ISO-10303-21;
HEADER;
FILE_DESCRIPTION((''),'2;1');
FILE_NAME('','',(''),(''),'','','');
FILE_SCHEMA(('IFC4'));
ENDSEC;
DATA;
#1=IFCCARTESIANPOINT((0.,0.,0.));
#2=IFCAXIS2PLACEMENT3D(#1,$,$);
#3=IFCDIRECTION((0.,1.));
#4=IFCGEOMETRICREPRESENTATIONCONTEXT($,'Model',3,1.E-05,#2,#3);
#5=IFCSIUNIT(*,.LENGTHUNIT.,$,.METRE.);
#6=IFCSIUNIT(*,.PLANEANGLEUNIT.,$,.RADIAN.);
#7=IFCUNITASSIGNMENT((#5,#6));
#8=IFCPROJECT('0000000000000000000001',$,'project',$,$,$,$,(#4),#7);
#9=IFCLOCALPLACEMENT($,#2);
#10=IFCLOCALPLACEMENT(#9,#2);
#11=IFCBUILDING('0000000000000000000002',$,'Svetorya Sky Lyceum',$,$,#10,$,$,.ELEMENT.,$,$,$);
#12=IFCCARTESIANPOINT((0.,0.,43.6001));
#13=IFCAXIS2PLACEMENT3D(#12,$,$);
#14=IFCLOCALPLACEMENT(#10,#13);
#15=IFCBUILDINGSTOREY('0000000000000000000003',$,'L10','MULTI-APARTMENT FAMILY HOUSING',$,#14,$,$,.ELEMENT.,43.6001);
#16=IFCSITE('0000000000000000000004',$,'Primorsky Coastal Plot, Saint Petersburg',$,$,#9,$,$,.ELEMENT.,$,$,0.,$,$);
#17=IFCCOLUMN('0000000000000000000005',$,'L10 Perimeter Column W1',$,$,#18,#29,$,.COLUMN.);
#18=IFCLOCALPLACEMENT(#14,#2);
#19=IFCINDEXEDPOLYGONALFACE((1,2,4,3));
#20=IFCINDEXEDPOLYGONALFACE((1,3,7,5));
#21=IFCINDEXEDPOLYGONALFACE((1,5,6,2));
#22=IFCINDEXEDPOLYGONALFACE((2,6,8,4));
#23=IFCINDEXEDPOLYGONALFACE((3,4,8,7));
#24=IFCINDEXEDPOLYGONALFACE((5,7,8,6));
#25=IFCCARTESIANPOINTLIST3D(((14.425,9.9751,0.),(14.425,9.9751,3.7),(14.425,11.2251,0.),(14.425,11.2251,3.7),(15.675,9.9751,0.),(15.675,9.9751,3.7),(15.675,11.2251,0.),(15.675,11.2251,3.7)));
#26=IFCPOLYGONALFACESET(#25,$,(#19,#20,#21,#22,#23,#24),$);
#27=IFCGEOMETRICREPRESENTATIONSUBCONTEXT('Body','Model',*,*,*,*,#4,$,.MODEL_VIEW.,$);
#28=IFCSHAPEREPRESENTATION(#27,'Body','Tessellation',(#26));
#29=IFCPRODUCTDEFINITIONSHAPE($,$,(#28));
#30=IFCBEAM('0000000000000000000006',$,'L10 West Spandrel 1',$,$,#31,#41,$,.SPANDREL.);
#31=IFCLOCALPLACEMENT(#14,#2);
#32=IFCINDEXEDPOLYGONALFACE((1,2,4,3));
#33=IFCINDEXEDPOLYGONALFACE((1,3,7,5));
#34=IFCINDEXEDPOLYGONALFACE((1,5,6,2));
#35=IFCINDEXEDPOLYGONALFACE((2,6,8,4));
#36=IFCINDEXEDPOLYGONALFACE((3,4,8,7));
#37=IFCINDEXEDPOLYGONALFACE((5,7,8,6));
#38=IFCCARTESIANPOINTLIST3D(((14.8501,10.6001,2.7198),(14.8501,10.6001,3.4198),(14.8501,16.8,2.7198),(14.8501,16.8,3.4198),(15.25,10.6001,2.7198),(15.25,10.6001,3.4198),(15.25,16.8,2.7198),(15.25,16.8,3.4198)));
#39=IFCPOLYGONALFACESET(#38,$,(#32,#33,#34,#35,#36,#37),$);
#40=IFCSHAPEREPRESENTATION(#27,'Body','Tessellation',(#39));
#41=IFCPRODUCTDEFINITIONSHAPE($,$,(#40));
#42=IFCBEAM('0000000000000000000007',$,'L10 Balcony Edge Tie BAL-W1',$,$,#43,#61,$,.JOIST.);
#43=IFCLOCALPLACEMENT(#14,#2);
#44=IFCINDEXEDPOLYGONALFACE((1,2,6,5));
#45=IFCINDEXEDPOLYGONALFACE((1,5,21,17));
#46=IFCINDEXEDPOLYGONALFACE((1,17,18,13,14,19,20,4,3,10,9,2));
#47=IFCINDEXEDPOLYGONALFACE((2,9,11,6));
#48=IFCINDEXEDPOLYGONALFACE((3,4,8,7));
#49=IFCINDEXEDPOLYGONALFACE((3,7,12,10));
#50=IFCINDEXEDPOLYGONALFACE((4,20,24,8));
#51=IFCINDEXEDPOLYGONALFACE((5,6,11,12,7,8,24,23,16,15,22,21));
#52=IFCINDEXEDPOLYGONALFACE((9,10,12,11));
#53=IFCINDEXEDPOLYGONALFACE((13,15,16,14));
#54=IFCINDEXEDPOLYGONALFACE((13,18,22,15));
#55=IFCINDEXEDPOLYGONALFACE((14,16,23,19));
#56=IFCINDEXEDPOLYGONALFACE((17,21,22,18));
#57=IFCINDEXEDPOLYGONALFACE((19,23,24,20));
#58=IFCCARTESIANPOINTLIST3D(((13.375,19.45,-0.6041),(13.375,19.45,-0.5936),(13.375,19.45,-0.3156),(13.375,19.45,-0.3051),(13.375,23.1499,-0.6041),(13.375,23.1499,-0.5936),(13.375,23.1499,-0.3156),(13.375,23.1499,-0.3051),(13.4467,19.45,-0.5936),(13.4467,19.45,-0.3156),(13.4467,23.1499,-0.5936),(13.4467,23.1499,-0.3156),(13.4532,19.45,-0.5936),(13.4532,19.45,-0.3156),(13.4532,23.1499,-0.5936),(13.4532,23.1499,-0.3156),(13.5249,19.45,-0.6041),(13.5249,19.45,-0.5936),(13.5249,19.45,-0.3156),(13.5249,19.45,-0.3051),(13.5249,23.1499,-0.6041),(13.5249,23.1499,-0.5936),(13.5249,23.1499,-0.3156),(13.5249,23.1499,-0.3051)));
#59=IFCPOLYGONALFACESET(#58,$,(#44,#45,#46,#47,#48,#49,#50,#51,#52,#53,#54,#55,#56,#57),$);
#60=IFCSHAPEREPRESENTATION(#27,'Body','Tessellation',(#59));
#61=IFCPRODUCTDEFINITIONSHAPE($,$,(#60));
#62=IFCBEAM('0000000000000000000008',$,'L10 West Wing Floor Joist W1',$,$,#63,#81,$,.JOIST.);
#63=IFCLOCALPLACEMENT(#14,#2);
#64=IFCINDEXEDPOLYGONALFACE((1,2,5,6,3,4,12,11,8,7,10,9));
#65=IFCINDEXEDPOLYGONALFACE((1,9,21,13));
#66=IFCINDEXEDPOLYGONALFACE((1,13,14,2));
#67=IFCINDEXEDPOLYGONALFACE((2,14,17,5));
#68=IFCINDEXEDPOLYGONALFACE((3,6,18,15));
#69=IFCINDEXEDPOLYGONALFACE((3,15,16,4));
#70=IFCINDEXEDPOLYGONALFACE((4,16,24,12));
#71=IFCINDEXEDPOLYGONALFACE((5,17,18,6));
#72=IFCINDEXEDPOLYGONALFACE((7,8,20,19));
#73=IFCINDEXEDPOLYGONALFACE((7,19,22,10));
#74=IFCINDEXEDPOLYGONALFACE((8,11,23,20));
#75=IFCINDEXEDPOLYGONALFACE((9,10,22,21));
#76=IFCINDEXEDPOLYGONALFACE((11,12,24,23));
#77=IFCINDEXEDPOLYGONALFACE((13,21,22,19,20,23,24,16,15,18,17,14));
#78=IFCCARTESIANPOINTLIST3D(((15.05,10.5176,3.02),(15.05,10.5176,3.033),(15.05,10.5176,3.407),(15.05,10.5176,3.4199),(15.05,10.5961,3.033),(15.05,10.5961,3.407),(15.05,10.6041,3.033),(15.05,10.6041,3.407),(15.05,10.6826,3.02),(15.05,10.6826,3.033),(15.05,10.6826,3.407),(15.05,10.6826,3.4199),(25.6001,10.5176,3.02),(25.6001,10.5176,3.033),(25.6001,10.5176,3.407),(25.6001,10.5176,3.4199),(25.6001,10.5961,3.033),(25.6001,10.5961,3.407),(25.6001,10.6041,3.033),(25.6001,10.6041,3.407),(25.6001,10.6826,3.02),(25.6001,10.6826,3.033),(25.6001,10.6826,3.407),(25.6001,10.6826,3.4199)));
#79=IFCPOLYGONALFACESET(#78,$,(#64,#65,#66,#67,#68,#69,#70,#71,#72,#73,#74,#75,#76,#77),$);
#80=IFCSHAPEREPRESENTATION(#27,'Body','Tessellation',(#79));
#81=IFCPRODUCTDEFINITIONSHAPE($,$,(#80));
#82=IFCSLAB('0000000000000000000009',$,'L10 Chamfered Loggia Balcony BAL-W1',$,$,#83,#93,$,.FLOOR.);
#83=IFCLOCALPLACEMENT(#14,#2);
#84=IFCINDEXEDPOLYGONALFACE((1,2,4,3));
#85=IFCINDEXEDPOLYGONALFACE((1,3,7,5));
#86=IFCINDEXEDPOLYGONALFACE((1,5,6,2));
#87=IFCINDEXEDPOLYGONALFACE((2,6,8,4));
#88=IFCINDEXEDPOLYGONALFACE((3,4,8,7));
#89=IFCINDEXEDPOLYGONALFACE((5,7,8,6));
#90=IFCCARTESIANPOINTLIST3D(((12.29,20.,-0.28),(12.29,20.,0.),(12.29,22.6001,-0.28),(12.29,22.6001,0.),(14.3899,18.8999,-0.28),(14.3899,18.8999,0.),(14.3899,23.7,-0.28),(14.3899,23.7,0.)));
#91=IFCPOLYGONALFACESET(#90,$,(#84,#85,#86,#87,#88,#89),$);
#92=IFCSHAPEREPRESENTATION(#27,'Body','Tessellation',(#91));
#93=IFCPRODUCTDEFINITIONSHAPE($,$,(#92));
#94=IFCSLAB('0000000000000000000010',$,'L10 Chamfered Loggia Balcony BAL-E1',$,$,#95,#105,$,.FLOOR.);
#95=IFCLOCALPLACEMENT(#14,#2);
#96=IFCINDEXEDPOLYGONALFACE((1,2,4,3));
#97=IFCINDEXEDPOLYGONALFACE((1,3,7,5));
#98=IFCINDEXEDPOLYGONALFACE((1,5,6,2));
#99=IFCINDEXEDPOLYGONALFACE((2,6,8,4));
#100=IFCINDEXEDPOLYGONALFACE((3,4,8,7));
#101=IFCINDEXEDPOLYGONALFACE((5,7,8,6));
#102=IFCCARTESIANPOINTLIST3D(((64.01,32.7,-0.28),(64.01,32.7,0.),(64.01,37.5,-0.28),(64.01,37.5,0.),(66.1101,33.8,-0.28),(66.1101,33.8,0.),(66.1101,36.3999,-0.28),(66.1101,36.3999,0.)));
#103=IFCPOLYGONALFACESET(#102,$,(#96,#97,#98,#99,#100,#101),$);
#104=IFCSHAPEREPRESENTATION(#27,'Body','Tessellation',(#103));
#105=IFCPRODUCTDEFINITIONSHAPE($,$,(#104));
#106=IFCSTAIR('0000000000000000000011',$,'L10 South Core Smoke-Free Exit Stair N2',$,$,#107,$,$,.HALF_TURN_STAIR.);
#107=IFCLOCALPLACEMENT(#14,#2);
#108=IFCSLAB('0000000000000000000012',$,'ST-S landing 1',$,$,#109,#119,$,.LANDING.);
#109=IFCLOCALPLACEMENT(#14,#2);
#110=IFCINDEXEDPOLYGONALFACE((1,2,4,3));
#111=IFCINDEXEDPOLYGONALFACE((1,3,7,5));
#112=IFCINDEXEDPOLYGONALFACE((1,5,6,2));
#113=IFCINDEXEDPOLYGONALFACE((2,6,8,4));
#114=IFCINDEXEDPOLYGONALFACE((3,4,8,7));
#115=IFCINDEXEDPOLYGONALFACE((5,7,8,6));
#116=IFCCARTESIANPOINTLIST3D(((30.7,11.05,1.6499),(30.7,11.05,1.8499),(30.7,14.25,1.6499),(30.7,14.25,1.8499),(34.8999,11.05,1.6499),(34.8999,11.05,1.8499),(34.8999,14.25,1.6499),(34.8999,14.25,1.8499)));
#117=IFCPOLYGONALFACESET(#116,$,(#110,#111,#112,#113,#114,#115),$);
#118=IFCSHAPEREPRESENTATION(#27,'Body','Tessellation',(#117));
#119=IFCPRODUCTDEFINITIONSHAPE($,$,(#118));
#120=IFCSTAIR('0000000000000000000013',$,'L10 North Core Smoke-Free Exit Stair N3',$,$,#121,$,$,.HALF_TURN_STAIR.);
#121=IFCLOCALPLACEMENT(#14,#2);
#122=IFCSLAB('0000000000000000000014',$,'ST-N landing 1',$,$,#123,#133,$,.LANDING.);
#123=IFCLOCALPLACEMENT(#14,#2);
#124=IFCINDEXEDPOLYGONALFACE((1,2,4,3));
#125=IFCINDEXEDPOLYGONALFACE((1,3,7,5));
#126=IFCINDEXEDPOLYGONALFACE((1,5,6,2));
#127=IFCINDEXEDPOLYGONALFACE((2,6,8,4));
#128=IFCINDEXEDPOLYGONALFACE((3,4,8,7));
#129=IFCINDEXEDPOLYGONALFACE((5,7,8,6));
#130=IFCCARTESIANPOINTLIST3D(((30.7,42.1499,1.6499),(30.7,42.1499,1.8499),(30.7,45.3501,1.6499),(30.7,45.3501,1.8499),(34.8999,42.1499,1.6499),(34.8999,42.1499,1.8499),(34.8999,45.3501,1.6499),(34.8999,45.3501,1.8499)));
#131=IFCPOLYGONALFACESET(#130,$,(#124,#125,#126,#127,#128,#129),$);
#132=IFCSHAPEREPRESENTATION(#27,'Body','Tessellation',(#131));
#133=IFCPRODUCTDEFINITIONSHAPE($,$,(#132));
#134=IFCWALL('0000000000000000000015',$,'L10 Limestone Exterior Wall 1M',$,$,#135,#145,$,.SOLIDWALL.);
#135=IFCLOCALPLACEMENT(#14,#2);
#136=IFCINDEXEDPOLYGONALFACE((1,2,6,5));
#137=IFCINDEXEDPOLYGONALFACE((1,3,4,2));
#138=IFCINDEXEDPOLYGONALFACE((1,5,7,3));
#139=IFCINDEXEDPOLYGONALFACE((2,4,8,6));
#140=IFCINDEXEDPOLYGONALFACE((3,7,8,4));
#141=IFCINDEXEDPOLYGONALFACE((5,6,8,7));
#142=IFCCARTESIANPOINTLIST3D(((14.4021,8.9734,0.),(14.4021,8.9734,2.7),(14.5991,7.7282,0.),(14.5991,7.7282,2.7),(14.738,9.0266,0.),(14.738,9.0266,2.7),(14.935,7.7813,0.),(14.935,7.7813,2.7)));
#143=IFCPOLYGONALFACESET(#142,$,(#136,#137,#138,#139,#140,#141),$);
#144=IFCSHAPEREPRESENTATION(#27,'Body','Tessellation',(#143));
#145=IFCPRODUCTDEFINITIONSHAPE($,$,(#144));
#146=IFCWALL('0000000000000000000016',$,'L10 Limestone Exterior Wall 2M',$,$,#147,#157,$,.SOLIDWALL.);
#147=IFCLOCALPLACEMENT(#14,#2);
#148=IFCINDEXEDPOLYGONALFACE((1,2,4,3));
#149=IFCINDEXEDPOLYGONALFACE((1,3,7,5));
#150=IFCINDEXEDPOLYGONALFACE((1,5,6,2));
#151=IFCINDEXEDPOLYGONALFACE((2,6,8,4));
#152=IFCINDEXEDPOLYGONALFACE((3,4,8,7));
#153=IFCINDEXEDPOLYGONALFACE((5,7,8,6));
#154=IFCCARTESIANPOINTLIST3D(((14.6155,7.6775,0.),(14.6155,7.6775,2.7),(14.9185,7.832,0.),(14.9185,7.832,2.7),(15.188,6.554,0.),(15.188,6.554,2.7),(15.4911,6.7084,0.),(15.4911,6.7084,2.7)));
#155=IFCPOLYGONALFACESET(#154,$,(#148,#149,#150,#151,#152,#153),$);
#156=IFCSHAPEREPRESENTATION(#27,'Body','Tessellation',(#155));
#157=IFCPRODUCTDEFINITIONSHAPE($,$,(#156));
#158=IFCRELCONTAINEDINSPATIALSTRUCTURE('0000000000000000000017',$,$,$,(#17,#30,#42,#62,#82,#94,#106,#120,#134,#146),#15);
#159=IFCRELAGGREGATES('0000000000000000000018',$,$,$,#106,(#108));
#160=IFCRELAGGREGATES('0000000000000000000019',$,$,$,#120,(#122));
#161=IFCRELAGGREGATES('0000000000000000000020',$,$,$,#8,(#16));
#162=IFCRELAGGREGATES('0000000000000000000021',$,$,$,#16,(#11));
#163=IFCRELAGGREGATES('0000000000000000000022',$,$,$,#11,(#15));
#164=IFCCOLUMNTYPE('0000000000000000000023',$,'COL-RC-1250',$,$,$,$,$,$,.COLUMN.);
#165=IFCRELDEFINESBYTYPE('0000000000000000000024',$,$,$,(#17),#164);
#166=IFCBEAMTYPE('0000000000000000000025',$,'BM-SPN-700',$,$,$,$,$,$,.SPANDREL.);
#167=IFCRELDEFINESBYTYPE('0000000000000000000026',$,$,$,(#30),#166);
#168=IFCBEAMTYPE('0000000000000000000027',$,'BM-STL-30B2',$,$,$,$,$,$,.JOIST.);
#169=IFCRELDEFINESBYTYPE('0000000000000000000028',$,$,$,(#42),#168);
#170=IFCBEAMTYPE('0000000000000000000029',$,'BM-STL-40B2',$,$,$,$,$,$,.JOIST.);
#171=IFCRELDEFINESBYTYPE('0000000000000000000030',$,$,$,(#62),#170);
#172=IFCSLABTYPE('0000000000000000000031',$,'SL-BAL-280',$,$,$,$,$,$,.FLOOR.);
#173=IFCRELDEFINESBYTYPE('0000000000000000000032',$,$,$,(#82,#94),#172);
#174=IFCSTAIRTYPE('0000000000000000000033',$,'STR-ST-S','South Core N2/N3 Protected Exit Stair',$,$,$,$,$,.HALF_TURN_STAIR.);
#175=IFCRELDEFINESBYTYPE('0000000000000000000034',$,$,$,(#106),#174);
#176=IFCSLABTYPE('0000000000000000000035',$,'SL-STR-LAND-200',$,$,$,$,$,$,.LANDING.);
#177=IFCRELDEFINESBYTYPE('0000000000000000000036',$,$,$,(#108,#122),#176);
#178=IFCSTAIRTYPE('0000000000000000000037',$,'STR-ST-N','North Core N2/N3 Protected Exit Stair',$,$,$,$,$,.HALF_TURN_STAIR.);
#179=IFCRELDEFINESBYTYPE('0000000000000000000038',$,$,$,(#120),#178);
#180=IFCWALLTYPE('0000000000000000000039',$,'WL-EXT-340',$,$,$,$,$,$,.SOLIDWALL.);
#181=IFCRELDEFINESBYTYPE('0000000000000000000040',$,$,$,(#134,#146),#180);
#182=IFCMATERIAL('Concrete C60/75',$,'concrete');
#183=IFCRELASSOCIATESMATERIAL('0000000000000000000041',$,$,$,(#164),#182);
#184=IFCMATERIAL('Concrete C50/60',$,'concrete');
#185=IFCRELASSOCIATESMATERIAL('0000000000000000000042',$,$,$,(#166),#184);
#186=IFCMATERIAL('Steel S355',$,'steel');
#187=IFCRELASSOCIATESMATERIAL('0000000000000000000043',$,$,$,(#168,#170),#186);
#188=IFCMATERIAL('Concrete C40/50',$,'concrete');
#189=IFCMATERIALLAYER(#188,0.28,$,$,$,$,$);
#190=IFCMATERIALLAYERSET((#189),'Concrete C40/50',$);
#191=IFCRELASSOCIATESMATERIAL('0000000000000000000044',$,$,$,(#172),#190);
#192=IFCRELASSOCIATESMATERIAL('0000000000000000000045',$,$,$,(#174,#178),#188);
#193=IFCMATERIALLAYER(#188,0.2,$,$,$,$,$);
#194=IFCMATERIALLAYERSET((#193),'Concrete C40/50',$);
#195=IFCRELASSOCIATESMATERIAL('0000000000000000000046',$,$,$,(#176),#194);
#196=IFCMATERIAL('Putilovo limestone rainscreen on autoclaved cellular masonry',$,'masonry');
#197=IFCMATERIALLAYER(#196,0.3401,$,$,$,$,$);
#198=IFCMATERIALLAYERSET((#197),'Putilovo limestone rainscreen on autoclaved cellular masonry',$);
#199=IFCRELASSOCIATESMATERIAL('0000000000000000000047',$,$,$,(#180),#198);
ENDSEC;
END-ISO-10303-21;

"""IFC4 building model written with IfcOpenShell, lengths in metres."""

from ifc_helpers import new_model, si_unit, direction, frame, frame_2d, origin, origin_2d, place, context, subcontext, project, spatial, polyline, rectangle, i_section, outline, extrude, material, layer, layer_set, material_profile, profile_set, type_object, element, aggregate, save


model = new_model("IFC4")

# Units and contexts
model_context = context("Model", 3, precision=1e-05, world=origin(), true_north=direction((0.0, 1.0)))
body_context = subcontext(model_context, "Body", "Model", "MODEL_VIEW")
ifc_project = project(units=[si_unit("LENGTHUNIT", "METRE"), si_unit("PLANEANGLEUNIT", "RADIAN")], contexts=[model_context])

# Site, building, storey
site_placement = place(None, origin())
site = spatial("IfcSite", under=ifc_project, at=site_placement, Name="Primorsky Coastal Plot, Saint Petersburg", CompositionType="ELEMENT", RefElevation=0.0)
building_placement = place(site_placement, origin())
building = spatial("IfcBuilding", under=site, at=building_placement, Name="Svetorya Sky Lyceum", CompositionType="ELEMENT")
storey_placement = place(building_placement, frame((0.0, 0.0, 43.6001)))
storey = spatial("IfcBuildingStorey", under=building, at=storey_placement, Name="L10", Description="MULTI-APARTMENT FAMILY HOUSING", CompositionType="ELEMENT", Elevation=43.6001)

# Column
ifc_material_1 = material(Name="Concrete C60/75", Category="concrete")
ifc_material_profile_1 = material_profile(ifc_material_1, rectangle(XDim=1.25, YDim=1.25, at=origin_2d()), Name="RC COL 1250x1250")
ifc_profile_set_1 = profile_set([ifc_material_profile_1], Name="Concrete C60/75")
column_type = type_object("IfcColumnType", Name="COL-RC-1250", PredefinedType="COLUMN", material=ifc_profile_set_1)
column_placement = place(storey_placement, frame((15.05, 10.6001, 0.0), z_axis=(0.0, 0.0, 1.0), x_axis=(1.0, 0.0, 0.0)))
element("IfcColumn", 1, at=column_placement, inside=storey, type_object=column_type, Name="L10 Perimeter Column W1", PredefinedType="COLUMN", context=body_context, shape_type="SweptSolid", body=[
    extrude(rectangle(XDim=1.25, YDim=1.25, at=origin_2d()), origin(), (0.0, 0.0, 1.0), 3.7),
])

# Beams
ifc_material_2 = material(Name="Concrete C50/60", Category="concrete")
ifc_material_profile_2 = material_profile(ifc_material_2, rectangle(XDim=0.3999, YDim=0.7, at=origin_2d()), Name="RC SPANDREL 400x700")
ifc_profile_set_2 = profile_set([ifc_material_profile_2], Name="Concrete C50/60")
beam_type_1 = type_object("IfcBeamType", Name="BM-SPN-700", PredefinedType="SPANDREL", material=ifc_profile_set_2)
beam_1_placement = place(storey_placement, frame((15.05, 10.6001, 3.0698), z_axis=(0.0, 1.0, 0.0), x_axis=(-1.0, 0.0, 0.0)))
element("IfcBeam", 2, at=beam_1_placement, inside=storey, type_object=beam_type_1, Name="L10 West Spandrel 1", PredefinedType="SPANDREL", context=body_context, shape_type="SweptSolid", body=[
    extrude(rectangle(XDim=0.3999, YDim=0.7, at=origin_2d()), origin(), (0.0, 0.0, 1.0), 6.2),
])
ifc_material_3 = material(Name="Steel S355", Category="steel")
ifc_material_profile_3 = material_profile(ifc_material_3, i_section(OverallWidth=0.1499, OverallDepth=0.2991, WebThickness=0.0066, FlangeThickness=0.0105, at=origin_2d()), Name="GOST 30B2")
ifc_profile_set_3 = profile_set([ifc_material_profile_3], Name="Steel S355")
beam_type_2 = type_object("IfcBeamType", Name="BM-STL-30B2", PredefinedType="JOIST", material=ifc_profile_set_3)
beam_2_placement = place(storey_placement, frame((13.45, 19.45, -0.4546), z_axis=(0.0, 1.0, 0.0), x_axis=(-1.0, 0.0, 0.0)))
element("IfcBeam", 3, at=beam_2_placement, inside=storey, type_object=beam_type_2, Name="L10 Balcony Edge Tie BAL-W1", PredefinedType="JOIST", context=body_context, shape_type="SweptSolid", body=[
    extrude(i_section(OverallWidth=0.1499, OverallDepth=0.2991, WebThickness=0.0066, FlangeThickness=0.0105, at=origin_2d()), origin(), (0.0, 0.0, 1.0), 3.7),
])
ifc_material_profile_4 = material_profile(ifc_material_3, i_section(OverallWidth=0.165, OverallDepth=0.3999, WebThickness=0.0081, FlangeThickness=0.0129, at=origin_2d()), Name="GOST 40B2")
ifc_profile_set_4 = profile_set([ifc_material_profile_4], Name="Steel S355")
beam_type_3 = type_object("IfcBeamType", Name="BM-STL-40B2", PredefinedType="JOIST", material=ifc_profile_set_4)
beam_3_placement = place(storey_placement, frame((15.05, 10.6001, 3.22), z_axis=(1.0, 0.0, 0.0), x_axis=(0.0, 1.0, 0.0)))
element("IfcBeam", 4, at=beam_3_placement, inside=storey, type_object=beam_type_3, Name="L10 West Wing Floor Joist W1", PredefinedType="JOIST", context=body_context, shape_type="SweptSolid", body=[
    extrude(i_section(OverallWidth=0.165, OverallDepth=0.3999, WebThickness=0.0081, FlangeThickness=0.0129, at=origin_2d()), origin(), (0.0, 0.0, 1.0), 10.55),
])

# Slabs
ifc_material_4 = material(Name="Concrete C40/50", Category="concrete")
ifc_layer_1 = layer(ifc_material_4, 0.28)
ifc_layer_set_1 = layer_set([ifc_layer_1], Name="Concrete C40/50")
slab_type_1 = type_object("IfcSlabType", Name="SL-BAL-280", PredefinedType="FLOOR", material=ifc_layer_set_1)
slab_1_placement = place(storey_placement, frame((0.0, 0.0, -0.28)))
element("IfcSlab", 5, at=slab_1_placement, inside=storey, type_object=slab_type_1, Name="L10 Chamfered Loggia Balcony BAL-W1", PredefinedType="FLOOR", context=body_context, shape_type="SweptSolid", body=[
    extrude(outline(polyline([(14.3899, 18.8999), (14.3899, 23.7), (12.29, 22.6001), (12.29, 20.0), (14.3899, 18.8999)])), origin(), (0.0, 0.0, 1.0), 0.28),
])
slab_2_placement = place(storey_placement, frame((0.0, 0.0, -0.28)))
element("IfcSlab", 6, at=slab_2_placement, inside=storey, type_object=slab_type_1, Name="L10 Chamfered Loggia Balcony BAL-E1", PredefinedType="FLOOR", context=body_context, shape_type="SweptSolid", body=[
    extrude(outline(polyline([(64.01, 32.7), (66.1101, 33.8), (66.1101, 36.3999), (64.01, 37.5), (64.01, 32.7)])), origin(), (0.0, 0.0, 1.0), 0.28),
])

# Stairs, slabs
stair_type_1 = type_object("IfcStairType", Name="STR-ST-S", Description="South Core N2/N3 Protected Exit Stair", PredefinedType="HALF_TURN_STAIR", material=ifc_material_4)
stair_1_placement = place(storey_placement, origin())
stair_1 = element("IfcStair", 7, at=stair_1_placement, inside=storey, type_object=stair_type_1, Name="L10 South Core Smoke-Free Exit Stair N2", PredefinedType="HALF_TURN_STAIR")
ifc_layer_2 = layer(ifc_material_4, 0.2)
ifc_layer_set_2 = layer_set([ifc_layer_2], Name="Concrete C40/50")
slab_type_2 = type_object("IfcSlabType", Name="SL-STR-LAND-200", PredefinedType="LANDING", material=ifc_layer_set_2)
slab_3_placement = place(storey_placement, frame((0.0, 0.0, 1.6499)))
slab_3 = element("IfcSlab", 8, at=slab_3_placement, type_object=slab_type_2, Name="ST-S landing 1", PredefinedType="LANDING", context=body_context, shape_type="SweptSolid", body=[
    extrude(outline(polyline([(30.7, 11.05), (34.8999, 11.05), (34.8999, 14.25), (30.7, 14.25), (30.7, 11.05)])), origin(), (0.0, 0.0, 1.0), 0.2),
])
aggregate(stair_1, [slab_3])
stair_type_2 = type_object("IfcStairType", Name="STR-ST-N", Description="North Core N2/N3 Protected Exit Stair", PredefinedType="HALF_TURN_STAIR", material=ifc_material_4)
stair_2_placement = place(storey_placement, origin())
stair_2 = element("IfcStair", 9, at=stair_2_placement, inside=storey, type_object=stair_type_2, Name="L10 North Core Smoke-Free Exit Stair N3", PredefinedType="HALF_TURN_STAIR")
slab_4_placement = place(storey_placement, frame((0.0, 0.0, 1.6499)))
slab_4 = element("IfcSlab", 10, at=slab_4_placement, type_object=slab_type_2, Name="ST-N landing 1", PredefinedType="LANDING", context=body_context, shape_type="SweptSolid", body=[
    extrude(outline(polyline([(30.7, 42.1499), (34.8999, 42.1499), (34.8999, 45.3501), (30.7, 45.3501), (30.7, 42.1499)])), origin(), (0.0, 0.0, 1.0), 0.2),
])
aggregate(stair_2, [slab_4])

# Walls
ifc_material_5 = material(Name="Putilovo limestone rainscreen on autoclaved cellular masonry", Category="masonry")
ifc_layer_3 = layer(ifc_material_5, 0.3401)
ifc_layer_set_3 = layer_set([ifc_layer_3], Name="Putilovo limestone rainscreen on autoclaved cellular masonry")
wall_type_1 = type_object("IfcWallType", Name="WL-EXT-340", PredefinedType="SOLIDWALL", material=ifc_layer_set_3)
wall_1_placement = place(storey_placement, frame((14.5701, 9.0, 0.0), z_axis=(0.0, 0.0, 1.0), x_axis=(0.156261, -0.987716, 0.0)))
element("IfcWall", 11, at=wall_1_placement, inside=storey, type_object=wall_type_1, Name="L10 Limestone Exterior Wall 1M", PredefinedType="SOLIDWALL", context=body_context, shape_type="SweptSolid", body=[
    extrude(rectangle(XDim=1.2607, YDim=0.3401, at=frame_2d((0.6304, 0.0))), origin(), (0.0, 0.0, 1.0), 2.7),
])
wall_2_placement = place(storey_placement, frame((14.7671, 7.7546, 0.0), z_axis=(0.0, 0.0, 1.0), x_axis=(0.454016, -0.890994, 0.0)))
element("IfcWall", 12, at=wall_2_placement, inside=storey, type_object=wall_type_1, Name="L10 Limestone Exterior Wall 2M", PredefinedType="SOLIDWALL", context=body_context, shape_type="SweptSolid", body=[
    extrude(rectangle(XDim=1.261, YDim=0.3401, at=frame_2d((0.6304, 0.0))), origin(), (0.0, 0.0, 1.0), 2.7),
])

save(model, "model.ifc")
